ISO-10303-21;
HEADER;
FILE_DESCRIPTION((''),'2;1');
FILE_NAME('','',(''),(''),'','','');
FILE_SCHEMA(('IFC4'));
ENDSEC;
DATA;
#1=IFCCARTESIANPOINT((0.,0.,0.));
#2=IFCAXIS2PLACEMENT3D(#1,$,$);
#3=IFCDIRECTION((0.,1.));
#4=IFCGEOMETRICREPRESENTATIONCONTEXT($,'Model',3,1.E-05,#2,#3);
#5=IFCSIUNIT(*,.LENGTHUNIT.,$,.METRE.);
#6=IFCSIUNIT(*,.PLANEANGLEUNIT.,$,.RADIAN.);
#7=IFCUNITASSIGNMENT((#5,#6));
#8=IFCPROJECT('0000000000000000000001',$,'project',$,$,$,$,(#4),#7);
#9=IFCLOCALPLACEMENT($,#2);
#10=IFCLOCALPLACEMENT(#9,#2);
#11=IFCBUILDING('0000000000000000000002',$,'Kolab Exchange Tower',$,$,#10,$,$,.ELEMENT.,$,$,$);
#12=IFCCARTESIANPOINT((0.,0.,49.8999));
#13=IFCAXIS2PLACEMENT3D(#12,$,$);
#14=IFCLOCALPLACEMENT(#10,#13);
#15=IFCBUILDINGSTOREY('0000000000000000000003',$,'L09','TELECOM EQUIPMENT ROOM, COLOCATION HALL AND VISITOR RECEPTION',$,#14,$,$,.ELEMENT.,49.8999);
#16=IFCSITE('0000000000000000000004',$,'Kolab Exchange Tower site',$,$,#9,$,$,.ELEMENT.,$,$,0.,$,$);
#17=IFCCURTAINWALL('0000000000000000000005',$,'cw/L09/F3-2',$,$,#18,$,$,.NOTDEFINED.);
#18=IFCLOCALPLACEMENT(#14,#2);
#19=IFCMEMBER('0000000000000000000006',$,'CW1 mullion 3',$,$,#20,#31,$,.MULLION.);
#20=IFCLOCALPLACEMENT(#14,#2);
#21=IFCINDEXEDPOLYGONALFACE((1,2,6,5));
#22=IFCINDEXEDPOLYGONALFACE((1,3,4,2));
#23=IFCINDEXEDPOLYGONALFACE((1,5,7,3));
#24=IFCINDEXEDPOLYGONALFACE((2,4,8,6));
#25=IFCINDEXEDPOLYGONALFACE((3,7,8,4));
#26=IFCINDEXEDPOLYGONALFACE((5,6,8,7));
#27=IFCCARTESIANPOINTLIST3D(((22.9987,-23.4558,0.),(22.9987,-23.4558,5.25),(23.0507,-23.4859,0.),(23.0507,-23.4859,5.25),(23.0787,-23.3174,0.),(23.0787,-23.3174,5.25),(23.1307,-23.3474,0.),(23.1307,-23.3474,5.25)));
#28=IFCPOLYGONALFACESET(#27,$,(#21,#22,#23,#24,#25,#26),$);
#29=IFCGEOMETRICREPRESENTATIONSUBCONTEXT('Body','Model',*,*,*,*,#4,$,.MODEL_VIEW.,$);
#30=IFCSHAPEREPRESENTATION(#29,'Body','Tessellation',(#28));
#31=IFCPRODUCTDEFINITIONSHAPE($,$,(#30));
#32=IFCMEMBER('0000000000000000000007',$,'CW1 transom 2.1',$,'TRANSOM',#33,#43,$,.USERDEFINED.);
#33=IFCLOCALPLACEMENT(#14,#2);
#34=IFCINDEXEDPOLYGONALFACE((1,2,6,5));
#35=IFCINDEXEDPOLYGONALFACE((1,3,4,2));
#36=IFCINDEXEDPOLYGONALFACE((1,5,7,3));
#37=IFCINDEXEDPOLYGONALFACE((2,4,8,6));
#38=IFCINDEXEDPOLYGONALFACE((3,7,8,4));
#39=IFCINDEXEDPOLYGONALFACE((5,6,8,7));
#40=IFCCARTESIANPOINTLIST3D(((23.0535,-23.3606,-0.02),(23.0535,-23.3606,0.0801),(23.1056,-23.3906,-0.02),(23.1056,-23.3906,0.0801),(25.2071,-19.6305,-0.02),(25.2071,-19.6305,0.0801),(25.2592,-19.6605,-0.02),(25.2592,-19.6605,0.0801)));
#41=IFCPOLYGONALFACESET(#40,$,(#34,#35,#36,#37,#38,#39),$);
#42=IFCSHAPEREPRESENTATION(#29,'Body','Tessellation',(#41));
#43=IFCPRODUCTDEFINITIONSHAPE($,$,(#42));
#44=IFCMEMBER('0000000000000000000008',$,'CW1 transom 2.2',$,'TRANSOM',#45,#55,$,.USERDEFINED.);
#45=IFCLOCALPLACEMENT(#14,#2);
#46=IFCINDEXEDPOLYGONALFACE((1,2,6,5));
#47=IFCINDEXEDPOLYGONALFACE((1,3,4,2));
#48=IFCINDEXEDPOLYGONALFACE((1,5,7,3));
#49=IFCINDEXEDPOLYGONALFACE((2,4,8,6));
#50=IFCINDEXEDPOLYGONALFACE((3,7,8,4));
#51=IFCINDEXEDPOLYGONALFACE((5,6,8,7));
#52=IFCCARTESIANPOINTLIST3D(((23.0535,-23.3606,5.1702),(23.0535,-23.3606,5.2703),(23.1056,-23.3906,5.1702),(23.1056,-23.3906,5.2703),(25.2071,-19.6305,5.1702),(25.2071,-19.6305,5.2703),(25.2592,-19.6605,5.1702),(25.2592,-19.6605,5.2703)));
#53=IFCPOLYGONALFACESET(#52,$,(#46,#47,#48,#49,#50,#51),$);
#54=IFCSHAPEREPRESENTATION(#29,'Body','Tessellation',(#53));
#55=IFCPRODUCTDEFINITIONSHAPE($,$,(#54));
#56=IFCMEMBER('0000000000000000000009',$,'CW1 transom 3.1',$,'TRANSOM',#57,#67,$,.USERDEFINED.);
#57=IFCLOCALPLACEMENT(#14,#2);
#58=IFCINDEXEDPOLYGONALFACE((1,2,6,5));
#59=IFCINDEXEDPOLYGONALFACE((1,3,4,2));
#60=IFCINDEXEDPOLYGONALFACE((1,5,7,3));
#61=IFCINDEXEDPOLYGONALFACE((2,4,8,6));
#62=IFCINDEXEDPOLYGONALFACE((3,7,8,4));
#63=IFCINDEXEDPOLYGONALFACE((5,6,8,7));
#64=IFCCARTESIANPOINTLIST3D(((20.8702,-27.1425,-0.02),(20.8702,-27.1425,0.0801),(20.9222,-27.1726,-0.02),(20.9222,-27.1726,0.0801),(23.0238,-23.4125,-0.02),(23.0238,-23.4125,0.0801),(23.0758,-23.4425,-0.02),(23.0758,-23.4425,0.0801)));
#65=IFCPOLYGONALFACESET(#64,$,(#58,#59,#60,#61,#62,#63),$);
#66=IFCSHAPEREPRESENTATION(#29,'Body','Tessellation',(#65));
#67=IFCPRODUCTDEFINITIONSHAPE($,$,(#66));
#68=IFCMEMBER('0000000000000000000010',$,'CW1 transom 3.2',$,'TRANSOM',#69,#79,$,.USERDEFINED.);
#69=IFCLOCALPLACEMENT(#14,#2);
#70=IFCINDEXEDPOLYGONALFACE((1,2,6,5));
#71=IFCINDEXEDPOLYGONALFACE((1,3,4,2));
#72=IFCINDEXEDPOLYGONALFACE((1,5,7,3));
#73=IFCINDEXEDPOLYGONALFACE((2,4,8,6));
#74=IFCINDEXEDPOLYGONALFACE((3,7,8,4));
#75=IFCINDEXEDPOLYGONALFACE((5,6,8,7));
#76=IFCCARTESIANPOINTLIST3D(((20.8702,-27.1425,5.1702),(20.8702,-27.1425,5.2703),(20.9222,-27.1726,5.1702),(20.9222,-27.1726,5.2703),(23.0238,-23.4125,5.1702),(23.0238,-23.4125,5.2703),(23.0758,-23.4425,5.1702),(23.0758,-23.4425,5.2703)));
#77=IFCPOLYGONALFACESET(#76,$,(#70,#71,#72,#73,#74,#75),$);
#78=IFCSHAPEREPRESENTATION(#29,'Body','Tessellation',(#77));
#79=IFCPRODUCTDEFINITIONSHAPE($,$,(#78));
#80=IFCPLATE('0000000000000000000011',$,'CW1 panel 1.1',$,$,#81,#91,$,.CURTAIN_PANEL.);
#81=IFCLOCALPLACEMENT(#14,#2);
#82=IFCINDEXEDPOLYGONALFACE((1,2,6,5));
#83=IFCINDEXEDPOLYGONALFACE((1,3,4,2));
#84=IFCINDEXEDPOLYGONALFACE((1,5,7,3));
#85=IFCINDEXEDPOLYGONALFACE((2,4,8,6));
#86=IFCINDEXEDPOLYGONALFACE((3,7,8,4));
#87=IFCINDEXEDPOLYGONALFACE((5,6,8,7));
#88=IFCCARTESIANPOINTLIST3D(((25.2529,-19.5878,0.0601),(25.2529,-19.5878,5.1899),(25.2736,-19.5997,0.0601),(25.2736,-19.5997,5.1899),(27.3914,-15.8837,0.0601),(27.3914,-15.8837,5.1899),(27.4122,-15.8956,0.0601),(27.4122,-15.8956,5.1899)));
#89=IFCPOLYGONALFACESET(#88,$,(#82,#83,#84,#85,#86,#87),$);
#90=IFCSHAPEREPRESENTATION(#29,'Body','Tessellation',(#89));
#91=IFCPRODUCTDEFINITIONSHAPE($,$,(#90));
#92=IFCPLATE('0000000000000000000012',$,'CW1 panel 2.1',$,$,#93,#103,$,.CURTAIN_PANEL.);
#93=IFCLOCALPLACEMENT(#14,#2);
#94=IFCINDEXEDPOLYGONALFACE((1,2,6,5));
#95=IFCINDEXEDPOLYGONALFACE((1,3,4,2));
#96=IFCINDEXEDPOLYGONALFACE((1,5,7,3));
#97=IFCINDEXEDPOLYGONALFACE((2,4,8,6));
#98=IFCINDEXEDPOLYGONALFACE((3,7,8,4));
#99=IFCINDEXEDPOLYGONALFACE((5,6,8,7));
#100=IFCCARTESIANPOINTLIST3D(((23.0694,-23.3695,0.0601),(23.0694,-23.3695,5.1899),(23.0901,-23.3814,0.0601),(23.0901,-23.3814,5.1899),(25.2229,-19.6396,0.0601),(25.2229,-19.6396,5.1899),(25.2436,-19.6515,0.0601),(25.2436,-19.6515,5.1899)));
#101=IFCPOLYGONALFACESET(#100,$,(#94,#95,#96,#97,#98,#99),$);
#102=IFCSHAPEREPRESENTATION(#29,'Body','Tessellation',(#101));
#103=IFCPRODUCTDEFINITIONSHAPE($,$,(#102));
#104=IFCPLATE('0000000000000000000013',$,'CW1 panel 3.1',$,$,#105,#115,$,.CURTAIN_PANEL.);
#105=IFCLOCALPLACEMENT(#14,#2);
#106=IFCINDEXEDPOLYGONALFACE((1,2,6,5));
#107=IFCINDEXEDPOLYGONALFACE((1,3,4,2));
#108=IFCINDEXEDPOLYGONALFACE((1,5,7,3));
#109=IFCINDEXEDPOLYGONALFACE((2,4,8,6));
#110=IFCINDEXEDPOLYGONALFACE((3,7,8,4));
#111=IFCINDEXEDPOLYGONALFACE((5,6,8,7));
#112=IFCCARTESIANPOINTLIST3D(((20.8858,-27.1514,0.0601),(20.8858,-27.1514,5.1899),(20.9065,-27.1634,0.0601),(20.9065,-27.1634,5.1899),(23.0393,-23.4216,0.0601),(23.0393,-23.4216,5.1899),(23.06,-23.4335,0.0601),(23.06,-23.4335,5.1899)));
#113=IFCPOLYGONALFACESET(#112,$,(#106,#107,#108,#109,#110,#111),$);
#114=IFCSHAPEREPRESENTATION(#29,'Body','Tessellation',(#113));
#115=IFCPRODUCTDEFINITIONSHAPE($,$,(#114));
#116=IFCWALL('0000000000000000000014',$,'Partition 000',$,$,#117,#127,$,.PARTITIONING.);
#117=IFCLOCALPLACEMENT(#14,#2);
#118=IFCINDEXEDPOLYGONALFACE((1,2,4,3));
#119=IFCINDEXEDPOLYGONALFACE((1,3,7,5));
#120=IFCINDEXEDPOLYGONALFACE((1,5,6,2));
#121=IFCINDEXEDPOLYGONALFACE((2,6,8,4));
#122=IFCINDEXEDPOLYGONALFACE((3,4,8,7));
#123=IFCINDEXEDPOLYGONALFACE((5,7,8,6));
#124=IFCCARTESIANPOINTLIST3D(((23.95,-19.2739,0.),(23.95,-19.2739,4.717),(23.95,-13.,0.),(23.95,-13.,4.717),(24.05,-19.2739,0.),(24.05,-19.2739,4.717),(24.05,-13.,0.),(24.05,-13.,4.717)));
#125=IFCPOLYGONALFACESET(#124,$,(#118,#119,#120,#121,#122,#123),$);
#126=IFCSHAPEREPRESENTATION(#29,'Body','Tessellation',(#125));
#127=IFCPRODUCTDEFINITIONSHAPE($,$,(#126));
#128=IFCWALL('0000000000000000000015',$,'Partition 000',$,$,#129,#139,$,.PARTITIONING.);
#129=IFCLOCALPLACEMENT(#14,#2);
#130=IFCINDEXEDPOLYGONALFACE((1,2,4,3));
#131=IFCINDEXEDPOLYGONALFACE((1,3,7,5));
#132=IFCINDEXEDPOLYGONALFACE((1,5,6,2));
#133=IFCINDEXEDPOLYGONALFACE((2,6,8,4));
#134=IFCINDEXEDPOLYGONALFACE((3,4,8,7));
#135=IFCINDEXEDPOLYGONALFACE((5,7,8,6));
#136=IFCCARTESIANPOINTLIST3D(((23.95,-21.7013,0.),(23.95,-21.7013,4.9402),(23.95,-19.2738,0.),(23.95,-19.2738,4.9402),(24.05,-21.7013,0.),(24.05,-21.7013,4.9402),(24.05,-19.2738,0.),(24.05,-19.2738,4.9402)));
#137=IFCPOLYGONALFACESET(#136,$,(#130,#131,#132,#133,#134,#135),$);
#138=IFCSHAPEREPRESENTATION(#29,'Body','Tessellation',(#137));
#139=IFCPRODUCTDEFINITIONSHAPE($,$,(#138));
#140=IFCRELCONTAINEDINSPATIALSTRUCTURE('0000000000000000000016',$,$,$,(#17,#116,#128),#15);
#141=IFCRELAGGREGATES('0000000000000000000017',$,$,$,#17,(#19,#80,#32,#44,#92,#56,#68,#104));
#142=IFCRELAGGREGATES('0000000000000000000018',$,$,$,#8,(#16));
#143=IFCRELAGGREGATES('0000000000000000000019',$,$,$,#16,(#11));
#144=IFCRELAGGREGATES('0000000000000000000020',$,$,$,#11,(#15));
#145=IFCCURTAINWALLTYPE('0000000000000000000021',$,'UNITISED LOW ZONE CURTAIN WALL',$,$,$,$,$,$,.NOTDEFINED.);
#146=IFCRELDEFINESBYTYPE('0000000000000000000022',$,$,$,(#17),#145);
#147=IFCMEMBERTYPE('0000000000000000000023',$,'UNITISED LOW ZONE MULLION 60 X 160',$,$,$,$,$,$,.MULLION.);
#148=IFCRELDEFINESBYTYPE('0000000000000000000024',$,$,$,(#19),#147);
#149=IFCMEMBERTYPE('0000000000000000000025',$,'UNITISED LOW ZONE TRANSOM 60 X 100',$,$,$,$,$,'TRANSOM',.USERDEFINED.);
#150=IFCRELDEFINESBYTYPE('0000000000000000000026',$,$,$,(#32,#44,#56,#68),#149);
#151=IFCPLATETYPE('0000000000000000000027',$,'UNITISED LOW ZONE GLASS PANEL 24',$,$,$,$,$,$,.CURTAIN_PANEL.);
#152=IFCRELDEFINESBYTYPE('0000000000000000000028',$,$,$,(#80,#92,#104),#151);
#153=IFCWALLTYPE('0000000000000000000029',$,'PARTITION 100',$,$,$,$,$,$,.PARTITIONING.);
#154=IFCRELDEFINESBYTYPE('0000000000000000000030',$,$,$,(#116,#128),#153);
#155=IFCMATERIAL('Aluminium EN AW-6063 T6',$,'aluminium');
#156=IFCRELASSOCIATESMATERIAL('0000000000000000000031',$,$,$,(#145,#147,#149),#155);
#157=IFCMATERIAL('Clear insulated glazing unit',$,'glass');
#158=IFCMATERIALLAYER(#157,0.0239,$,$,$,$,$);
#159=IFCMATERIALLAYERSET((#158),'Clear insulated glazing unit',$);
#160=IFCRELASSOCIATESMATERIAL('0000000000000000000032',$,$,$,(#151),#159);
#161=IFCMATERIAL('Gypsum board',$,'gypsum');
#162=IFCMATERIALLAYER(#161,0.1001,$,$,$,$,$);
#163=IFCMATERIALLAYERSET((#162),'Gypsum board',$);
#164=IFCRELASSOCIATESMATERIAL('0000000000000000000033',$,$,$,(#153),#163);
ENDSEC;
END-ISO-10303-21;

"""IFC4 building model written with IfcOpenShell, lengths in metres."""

from ifc_helpers import new_model, si_unit, direction, frame, frame_2d, origin, origin_2d, place, context, subcontext, project, spatial, rectangle, extrude, material, layer, layer_set, material_profile, profile_set, type_object, element, aggregate, save


model = new_model("IFC4")

# Units and contexts
model_context = context("Model", 3, precision=1e-05, world=origin(), true_north=direction((0.0, 1.0)))
body_context = subcontext(model_context, "Body", "Model", "MODEL_VIEW")
ifc_project = project(units=[si_unit("LENGTHUNIT", "METRE"), si_unit("PLANEANGLEUNIT", "RADIAN")], contexts=[model_context])

# Site, building, storey
site_placement = place(None, origin())
site = spatial("IfcSite", under=ifc_project, at=site_placement, Name="Kolab Exchange Tower site", CompositionType="ELEMENT", RefElevation=0.0)
building_placement = place(site_placement, origin())
building = spatial("IfcBuilding", under=site, at=building_placement, Name="Kolab Exchange Tower", CompositionType="ELEMENT")
storey_placement = place(building_placement, frame((0.0, 0.0, 49.8999)))
storey = spatial("IfcBuildingStorey", under=building, at=storey_placement, Name="L09", Description="TELECOM EQUIPMENT ROOM, COLOCATION HALL AND VISITOR RECEPTION", CompositionType="ELEMENT", Elevation=49.8999)

# Curtain wall, members, plates
ifc_material_1 = material(Name="Aluminium EN AW-6063 T6", Category="aluminium")
curtain_wall_type = type_object("IfcCurtainWallType", Name="UNITISED LOW ZONE CURTAIN WALL", PredefinedType="NOTDEFINED", material=ifc_material_1)
curtain_wall_placement = place(storey_placement, origin())
curtain_wall = element("IfcCurtainWall", 1, at=curtain_wall_placement, inside=storey, type_object=curtain_wall_type, Name="cw/L09/F3-2", PredefinedType="NOTDEFINED")
ifc_material_profile_1 = material_profile(ifc_material_1, rectangle(XDim=0.0601, YDim=0.1599, at=origin_2d()), Name="RECT 60X160")
ifc_profile_set_1 = profile_set([ifc_material_profile_1], Name="Aluminium EN AW-6063 T6")
member_type_1 = type_object("IfcMemberType", Name="UNITISED LOW ZONE MULLION 60 X 160", PredefinedType="MULLION", material=ifc_profile_set_1)
member_1_placement = place(storey_placement, frame((23.0647, -23.4016, 0.0), z_axis=(0.0, 0.0, 1.0), x_axis=(0.866025, -0.5, 0.0)))
member_1 = element("IfcMember", 2, at=member_1_placement, type_object=member_type_1, Name="CW1 mullion 3", PredefinedType="MULLION", context=body_context, shape_type="SweptSolid", body=[
    extrude(rectangle(XDim=0.0601, YDim=0.1599, at=origin_2d()), origin(), (0.0, 0.0, 1.0), 5.25),
])
ifc_material_profile_2 = material_profile(ifc_material_1, rectangle(XDim=0.0601, YDim=0.1001, at=origin_2d()), Name="RECT 60X100")
ifc_profile_set_2 = profile_set([ifc_material_profile_2], Name="Aluminium EN AW-6063 T6")
member_type_2 = type_object("IfcMemberType", Name="UNITISED LOW ZONE TRANSOM 60 X 100", ElementType="TRANSOM", PredefinedType="USERDEFINED", material=ifc_profile_set_2)
member_2_placement = place(storey_placement, frame((25.2332, -19.6455, 0.03), z_axis=(-0.50001, -0.866019, 0.0), x_axis=(0.866019, -0.50001, 0.0)))
member_2 = element("IfcMember", 3, at=member_2_placement, type_object=member_type_2, Name="CW1 transom 2.1", ObjectType="TRANSOM", PredefinedType="USERDEFINED", context=body_context, shape_type="SweptSolid", body=[
    extrude(rectangle(XDim=0.0601, YDim=0.1001, at=origin_2d()), origin(), (0.0, 0.0, 1.0), 4.3071),
])
member_3_placement = place(storey_placement, frame((25.2332, -19.6455, 5.2202), z_axis=(-0.50001, -0.866019, 0.0), x_axis=(0.866019, -0.50001, 0.0)))
member_3 = element("IfcMember", 4, at=member_3_placement, type_object=member_type_2, Name="CW1 transom 2.2", ObjectType="TRANSOM", PredefinedType="USERDEFINED", context=body_context, shape_type="SweptSolid", body=[
    extrude(rectangle(XDim=0.0601, YDim=0.1001, at=origin_2d()), origin(), (0.0, 0.0, 1.0), 4.3071),
])
member_4_placement = place(storey_placement, frame((23.0498, -23.4275, 0.03), z_axis=(-0.50001, -0.866019, 0.0), x_axis=(0.866019, -0.50001, 0.0)))
member_4 = element("IfcMember", 5, at=member_4_placement, type_object=member_type_2, Name="CW1 transom 3.1", ObjectType="TRANSOM", PredefinedType="USERDEFINED", context=body_context, shape_type="SweptSolid", body=[
    extrude(rectangle(XDim=0.0601, YDim=0.1001, at=origin_2d()), origin(), (0.0, 0.0, 1.0), 4.3071),
])
member_5_placement = place(storey_placement, frame((23.0498, -23.4275, 5.2202), z_axis=(-0.50001, -0.866019, 0.0), x_axis=(0.866019, -0.50001, 0.0)))
member_5 = element("IfcMember", 6, at=member_5_placement, type_object=member_type_2, Name="CW1 transom 3.2", ObjectType="TRANSOM", PredefinedType="USERDEFINED", context=body_context, shape_type="SweptSolid", body=[
    extrude(rectangle(XDim=0.0601, YDim=0.1001, at=origin_2d()), origin(), (0.0, 0.0, 1.0), 4.3071),
])
ifc_material_2 = material(Name="Clear insulated glazing unit", Category="glass")
ifc_layer_1 = layer(ifc_material_2, 0.0239)
ifc_layer_set_1 = layer_set([ifc_layer_1], Name="Clear insulated glazing unit")
plate_type = type_object("IfcPlateType", Name="UNITISED LOW ZONE GLASS PANEL 24", PredefinedType="CURTAIN_PANEL", material=ifc_layer_set_1)
plate_1_placement = place(storey_placement, frame((26.3325, -17.7417, 0.0601), z_axis=(0.0, 0.0, 1.0), x_axis=(-0.5, -0.866025, 0.0)))
plate_1 = element("IfcPlate", 7, at=plate_1_placement, type_object=plate_type, Name="CW1 panel 1.1", PredefinedType="CURTAIN_PANEL", context=body_context, shape_type="SweptSolid", body=[
    extrude(rectangle(XDim=4.2771, YDim=0.0239, at=origin_2d()), origin(), (0.0, 0.0, 1.0), 5.1299),
])
plate_2_placement = place(storey_placement, frame((24.1565, -21.5105, 0.0601), z_axis=(0.0, 0.0, 1.0), x_axis=(-0.5, -0.866025, 0.0)))
plate_2 = element("IfcPlate", 8, at=plate_2_placement, type_object=plate_type, Name="CW1 panel 2.1", PredefinedType="CURTAIN_PANEL", context=body_context, shape_type="SweptSolid", body=[
    extrude(rectangle(XDim=4.3069, YDim=0.0239, at=origin_2d()), origin(), (0.0, 0.0, 1.0), 5.1299),
])
plate_3_placement = place(storey_placement, frame((21.9729, -25.2925, 0.0601), z_axis=(0.0, 0.0, 1.0), x_axis=(-0.5, -0.866025, 0.0)))
plate_3 = element("IfcPlate", 9, at=plate_3_placement, type_object=plate_type, Name="CW1 panel 3.1", PredefinedType="CURTAIN_PANEL", context=body_context, shape_type="SweptSolid", body=[
    extrude(rectangle(XDim=4.3069, YDim=0.0239, at=origin_2d()), origin(), (0.0, 0.0, 1.0), 5.1299),
])
aggregate(curtain_wall, [member_1, plate_1, member_2, member_3, plate_2, member_4, member_5, plate_3])

# Walls
ifc_material_3 = material(Name="Gypsum board", Category="gypsum")
ifc_layer_2 = layer(ifc_material_3, 0.1001)
ifc_layer_set_2 = layer_set([ifc_layer_2], Name="Gypsum board")
wall_type = type_object("IfcWallType", Name="PARTITION 100", PredefinedType="PARTITIONING", material=ifc_layer_set_2)
wall_1_placement = place(storey_placement, frame((24.0, -19.2739, 0.0), z_axis=(0.0, 0.0, 1.0), x_axis=(0.0, 1.0, 0.0)))
element("IfcWall", 10, at=wall_1_placement, inside=storey, type_object=wall_type, Name="Partition 000", PredefinedType="PARTITIONING", context=body_context, shape_type="SweptSolid", body=[
    extrude(rectangle(XDim=6.2739, YDim=0.1001, at=frame_2d((3.137, 0.0))), origin(), (0.0, 0.0, 1.0), 4.717),
])
wall_2_placement = place(storey_placement, frame((24.0, -21.7014, 0.0), z_axis=(0.0, 0.0, 1.0), x_axis=(0.0, 1.0, 0.0)))
element("IfcWall", 11, at=wall_2_placement, inside=storey, type_object=wall_type, Name="Partition 000", PredefinedType="PARTITIONING", context=body_context, shape_type="SweptSolid", body=[
    extrude(rectangle(XDim=2.4275, YDim=0.1001, at=frame_2d((1.2139, 0.0))), origin(), (0.0, 0.0, 1.0), 4.9402),
])

save(model, "model.ifc")
